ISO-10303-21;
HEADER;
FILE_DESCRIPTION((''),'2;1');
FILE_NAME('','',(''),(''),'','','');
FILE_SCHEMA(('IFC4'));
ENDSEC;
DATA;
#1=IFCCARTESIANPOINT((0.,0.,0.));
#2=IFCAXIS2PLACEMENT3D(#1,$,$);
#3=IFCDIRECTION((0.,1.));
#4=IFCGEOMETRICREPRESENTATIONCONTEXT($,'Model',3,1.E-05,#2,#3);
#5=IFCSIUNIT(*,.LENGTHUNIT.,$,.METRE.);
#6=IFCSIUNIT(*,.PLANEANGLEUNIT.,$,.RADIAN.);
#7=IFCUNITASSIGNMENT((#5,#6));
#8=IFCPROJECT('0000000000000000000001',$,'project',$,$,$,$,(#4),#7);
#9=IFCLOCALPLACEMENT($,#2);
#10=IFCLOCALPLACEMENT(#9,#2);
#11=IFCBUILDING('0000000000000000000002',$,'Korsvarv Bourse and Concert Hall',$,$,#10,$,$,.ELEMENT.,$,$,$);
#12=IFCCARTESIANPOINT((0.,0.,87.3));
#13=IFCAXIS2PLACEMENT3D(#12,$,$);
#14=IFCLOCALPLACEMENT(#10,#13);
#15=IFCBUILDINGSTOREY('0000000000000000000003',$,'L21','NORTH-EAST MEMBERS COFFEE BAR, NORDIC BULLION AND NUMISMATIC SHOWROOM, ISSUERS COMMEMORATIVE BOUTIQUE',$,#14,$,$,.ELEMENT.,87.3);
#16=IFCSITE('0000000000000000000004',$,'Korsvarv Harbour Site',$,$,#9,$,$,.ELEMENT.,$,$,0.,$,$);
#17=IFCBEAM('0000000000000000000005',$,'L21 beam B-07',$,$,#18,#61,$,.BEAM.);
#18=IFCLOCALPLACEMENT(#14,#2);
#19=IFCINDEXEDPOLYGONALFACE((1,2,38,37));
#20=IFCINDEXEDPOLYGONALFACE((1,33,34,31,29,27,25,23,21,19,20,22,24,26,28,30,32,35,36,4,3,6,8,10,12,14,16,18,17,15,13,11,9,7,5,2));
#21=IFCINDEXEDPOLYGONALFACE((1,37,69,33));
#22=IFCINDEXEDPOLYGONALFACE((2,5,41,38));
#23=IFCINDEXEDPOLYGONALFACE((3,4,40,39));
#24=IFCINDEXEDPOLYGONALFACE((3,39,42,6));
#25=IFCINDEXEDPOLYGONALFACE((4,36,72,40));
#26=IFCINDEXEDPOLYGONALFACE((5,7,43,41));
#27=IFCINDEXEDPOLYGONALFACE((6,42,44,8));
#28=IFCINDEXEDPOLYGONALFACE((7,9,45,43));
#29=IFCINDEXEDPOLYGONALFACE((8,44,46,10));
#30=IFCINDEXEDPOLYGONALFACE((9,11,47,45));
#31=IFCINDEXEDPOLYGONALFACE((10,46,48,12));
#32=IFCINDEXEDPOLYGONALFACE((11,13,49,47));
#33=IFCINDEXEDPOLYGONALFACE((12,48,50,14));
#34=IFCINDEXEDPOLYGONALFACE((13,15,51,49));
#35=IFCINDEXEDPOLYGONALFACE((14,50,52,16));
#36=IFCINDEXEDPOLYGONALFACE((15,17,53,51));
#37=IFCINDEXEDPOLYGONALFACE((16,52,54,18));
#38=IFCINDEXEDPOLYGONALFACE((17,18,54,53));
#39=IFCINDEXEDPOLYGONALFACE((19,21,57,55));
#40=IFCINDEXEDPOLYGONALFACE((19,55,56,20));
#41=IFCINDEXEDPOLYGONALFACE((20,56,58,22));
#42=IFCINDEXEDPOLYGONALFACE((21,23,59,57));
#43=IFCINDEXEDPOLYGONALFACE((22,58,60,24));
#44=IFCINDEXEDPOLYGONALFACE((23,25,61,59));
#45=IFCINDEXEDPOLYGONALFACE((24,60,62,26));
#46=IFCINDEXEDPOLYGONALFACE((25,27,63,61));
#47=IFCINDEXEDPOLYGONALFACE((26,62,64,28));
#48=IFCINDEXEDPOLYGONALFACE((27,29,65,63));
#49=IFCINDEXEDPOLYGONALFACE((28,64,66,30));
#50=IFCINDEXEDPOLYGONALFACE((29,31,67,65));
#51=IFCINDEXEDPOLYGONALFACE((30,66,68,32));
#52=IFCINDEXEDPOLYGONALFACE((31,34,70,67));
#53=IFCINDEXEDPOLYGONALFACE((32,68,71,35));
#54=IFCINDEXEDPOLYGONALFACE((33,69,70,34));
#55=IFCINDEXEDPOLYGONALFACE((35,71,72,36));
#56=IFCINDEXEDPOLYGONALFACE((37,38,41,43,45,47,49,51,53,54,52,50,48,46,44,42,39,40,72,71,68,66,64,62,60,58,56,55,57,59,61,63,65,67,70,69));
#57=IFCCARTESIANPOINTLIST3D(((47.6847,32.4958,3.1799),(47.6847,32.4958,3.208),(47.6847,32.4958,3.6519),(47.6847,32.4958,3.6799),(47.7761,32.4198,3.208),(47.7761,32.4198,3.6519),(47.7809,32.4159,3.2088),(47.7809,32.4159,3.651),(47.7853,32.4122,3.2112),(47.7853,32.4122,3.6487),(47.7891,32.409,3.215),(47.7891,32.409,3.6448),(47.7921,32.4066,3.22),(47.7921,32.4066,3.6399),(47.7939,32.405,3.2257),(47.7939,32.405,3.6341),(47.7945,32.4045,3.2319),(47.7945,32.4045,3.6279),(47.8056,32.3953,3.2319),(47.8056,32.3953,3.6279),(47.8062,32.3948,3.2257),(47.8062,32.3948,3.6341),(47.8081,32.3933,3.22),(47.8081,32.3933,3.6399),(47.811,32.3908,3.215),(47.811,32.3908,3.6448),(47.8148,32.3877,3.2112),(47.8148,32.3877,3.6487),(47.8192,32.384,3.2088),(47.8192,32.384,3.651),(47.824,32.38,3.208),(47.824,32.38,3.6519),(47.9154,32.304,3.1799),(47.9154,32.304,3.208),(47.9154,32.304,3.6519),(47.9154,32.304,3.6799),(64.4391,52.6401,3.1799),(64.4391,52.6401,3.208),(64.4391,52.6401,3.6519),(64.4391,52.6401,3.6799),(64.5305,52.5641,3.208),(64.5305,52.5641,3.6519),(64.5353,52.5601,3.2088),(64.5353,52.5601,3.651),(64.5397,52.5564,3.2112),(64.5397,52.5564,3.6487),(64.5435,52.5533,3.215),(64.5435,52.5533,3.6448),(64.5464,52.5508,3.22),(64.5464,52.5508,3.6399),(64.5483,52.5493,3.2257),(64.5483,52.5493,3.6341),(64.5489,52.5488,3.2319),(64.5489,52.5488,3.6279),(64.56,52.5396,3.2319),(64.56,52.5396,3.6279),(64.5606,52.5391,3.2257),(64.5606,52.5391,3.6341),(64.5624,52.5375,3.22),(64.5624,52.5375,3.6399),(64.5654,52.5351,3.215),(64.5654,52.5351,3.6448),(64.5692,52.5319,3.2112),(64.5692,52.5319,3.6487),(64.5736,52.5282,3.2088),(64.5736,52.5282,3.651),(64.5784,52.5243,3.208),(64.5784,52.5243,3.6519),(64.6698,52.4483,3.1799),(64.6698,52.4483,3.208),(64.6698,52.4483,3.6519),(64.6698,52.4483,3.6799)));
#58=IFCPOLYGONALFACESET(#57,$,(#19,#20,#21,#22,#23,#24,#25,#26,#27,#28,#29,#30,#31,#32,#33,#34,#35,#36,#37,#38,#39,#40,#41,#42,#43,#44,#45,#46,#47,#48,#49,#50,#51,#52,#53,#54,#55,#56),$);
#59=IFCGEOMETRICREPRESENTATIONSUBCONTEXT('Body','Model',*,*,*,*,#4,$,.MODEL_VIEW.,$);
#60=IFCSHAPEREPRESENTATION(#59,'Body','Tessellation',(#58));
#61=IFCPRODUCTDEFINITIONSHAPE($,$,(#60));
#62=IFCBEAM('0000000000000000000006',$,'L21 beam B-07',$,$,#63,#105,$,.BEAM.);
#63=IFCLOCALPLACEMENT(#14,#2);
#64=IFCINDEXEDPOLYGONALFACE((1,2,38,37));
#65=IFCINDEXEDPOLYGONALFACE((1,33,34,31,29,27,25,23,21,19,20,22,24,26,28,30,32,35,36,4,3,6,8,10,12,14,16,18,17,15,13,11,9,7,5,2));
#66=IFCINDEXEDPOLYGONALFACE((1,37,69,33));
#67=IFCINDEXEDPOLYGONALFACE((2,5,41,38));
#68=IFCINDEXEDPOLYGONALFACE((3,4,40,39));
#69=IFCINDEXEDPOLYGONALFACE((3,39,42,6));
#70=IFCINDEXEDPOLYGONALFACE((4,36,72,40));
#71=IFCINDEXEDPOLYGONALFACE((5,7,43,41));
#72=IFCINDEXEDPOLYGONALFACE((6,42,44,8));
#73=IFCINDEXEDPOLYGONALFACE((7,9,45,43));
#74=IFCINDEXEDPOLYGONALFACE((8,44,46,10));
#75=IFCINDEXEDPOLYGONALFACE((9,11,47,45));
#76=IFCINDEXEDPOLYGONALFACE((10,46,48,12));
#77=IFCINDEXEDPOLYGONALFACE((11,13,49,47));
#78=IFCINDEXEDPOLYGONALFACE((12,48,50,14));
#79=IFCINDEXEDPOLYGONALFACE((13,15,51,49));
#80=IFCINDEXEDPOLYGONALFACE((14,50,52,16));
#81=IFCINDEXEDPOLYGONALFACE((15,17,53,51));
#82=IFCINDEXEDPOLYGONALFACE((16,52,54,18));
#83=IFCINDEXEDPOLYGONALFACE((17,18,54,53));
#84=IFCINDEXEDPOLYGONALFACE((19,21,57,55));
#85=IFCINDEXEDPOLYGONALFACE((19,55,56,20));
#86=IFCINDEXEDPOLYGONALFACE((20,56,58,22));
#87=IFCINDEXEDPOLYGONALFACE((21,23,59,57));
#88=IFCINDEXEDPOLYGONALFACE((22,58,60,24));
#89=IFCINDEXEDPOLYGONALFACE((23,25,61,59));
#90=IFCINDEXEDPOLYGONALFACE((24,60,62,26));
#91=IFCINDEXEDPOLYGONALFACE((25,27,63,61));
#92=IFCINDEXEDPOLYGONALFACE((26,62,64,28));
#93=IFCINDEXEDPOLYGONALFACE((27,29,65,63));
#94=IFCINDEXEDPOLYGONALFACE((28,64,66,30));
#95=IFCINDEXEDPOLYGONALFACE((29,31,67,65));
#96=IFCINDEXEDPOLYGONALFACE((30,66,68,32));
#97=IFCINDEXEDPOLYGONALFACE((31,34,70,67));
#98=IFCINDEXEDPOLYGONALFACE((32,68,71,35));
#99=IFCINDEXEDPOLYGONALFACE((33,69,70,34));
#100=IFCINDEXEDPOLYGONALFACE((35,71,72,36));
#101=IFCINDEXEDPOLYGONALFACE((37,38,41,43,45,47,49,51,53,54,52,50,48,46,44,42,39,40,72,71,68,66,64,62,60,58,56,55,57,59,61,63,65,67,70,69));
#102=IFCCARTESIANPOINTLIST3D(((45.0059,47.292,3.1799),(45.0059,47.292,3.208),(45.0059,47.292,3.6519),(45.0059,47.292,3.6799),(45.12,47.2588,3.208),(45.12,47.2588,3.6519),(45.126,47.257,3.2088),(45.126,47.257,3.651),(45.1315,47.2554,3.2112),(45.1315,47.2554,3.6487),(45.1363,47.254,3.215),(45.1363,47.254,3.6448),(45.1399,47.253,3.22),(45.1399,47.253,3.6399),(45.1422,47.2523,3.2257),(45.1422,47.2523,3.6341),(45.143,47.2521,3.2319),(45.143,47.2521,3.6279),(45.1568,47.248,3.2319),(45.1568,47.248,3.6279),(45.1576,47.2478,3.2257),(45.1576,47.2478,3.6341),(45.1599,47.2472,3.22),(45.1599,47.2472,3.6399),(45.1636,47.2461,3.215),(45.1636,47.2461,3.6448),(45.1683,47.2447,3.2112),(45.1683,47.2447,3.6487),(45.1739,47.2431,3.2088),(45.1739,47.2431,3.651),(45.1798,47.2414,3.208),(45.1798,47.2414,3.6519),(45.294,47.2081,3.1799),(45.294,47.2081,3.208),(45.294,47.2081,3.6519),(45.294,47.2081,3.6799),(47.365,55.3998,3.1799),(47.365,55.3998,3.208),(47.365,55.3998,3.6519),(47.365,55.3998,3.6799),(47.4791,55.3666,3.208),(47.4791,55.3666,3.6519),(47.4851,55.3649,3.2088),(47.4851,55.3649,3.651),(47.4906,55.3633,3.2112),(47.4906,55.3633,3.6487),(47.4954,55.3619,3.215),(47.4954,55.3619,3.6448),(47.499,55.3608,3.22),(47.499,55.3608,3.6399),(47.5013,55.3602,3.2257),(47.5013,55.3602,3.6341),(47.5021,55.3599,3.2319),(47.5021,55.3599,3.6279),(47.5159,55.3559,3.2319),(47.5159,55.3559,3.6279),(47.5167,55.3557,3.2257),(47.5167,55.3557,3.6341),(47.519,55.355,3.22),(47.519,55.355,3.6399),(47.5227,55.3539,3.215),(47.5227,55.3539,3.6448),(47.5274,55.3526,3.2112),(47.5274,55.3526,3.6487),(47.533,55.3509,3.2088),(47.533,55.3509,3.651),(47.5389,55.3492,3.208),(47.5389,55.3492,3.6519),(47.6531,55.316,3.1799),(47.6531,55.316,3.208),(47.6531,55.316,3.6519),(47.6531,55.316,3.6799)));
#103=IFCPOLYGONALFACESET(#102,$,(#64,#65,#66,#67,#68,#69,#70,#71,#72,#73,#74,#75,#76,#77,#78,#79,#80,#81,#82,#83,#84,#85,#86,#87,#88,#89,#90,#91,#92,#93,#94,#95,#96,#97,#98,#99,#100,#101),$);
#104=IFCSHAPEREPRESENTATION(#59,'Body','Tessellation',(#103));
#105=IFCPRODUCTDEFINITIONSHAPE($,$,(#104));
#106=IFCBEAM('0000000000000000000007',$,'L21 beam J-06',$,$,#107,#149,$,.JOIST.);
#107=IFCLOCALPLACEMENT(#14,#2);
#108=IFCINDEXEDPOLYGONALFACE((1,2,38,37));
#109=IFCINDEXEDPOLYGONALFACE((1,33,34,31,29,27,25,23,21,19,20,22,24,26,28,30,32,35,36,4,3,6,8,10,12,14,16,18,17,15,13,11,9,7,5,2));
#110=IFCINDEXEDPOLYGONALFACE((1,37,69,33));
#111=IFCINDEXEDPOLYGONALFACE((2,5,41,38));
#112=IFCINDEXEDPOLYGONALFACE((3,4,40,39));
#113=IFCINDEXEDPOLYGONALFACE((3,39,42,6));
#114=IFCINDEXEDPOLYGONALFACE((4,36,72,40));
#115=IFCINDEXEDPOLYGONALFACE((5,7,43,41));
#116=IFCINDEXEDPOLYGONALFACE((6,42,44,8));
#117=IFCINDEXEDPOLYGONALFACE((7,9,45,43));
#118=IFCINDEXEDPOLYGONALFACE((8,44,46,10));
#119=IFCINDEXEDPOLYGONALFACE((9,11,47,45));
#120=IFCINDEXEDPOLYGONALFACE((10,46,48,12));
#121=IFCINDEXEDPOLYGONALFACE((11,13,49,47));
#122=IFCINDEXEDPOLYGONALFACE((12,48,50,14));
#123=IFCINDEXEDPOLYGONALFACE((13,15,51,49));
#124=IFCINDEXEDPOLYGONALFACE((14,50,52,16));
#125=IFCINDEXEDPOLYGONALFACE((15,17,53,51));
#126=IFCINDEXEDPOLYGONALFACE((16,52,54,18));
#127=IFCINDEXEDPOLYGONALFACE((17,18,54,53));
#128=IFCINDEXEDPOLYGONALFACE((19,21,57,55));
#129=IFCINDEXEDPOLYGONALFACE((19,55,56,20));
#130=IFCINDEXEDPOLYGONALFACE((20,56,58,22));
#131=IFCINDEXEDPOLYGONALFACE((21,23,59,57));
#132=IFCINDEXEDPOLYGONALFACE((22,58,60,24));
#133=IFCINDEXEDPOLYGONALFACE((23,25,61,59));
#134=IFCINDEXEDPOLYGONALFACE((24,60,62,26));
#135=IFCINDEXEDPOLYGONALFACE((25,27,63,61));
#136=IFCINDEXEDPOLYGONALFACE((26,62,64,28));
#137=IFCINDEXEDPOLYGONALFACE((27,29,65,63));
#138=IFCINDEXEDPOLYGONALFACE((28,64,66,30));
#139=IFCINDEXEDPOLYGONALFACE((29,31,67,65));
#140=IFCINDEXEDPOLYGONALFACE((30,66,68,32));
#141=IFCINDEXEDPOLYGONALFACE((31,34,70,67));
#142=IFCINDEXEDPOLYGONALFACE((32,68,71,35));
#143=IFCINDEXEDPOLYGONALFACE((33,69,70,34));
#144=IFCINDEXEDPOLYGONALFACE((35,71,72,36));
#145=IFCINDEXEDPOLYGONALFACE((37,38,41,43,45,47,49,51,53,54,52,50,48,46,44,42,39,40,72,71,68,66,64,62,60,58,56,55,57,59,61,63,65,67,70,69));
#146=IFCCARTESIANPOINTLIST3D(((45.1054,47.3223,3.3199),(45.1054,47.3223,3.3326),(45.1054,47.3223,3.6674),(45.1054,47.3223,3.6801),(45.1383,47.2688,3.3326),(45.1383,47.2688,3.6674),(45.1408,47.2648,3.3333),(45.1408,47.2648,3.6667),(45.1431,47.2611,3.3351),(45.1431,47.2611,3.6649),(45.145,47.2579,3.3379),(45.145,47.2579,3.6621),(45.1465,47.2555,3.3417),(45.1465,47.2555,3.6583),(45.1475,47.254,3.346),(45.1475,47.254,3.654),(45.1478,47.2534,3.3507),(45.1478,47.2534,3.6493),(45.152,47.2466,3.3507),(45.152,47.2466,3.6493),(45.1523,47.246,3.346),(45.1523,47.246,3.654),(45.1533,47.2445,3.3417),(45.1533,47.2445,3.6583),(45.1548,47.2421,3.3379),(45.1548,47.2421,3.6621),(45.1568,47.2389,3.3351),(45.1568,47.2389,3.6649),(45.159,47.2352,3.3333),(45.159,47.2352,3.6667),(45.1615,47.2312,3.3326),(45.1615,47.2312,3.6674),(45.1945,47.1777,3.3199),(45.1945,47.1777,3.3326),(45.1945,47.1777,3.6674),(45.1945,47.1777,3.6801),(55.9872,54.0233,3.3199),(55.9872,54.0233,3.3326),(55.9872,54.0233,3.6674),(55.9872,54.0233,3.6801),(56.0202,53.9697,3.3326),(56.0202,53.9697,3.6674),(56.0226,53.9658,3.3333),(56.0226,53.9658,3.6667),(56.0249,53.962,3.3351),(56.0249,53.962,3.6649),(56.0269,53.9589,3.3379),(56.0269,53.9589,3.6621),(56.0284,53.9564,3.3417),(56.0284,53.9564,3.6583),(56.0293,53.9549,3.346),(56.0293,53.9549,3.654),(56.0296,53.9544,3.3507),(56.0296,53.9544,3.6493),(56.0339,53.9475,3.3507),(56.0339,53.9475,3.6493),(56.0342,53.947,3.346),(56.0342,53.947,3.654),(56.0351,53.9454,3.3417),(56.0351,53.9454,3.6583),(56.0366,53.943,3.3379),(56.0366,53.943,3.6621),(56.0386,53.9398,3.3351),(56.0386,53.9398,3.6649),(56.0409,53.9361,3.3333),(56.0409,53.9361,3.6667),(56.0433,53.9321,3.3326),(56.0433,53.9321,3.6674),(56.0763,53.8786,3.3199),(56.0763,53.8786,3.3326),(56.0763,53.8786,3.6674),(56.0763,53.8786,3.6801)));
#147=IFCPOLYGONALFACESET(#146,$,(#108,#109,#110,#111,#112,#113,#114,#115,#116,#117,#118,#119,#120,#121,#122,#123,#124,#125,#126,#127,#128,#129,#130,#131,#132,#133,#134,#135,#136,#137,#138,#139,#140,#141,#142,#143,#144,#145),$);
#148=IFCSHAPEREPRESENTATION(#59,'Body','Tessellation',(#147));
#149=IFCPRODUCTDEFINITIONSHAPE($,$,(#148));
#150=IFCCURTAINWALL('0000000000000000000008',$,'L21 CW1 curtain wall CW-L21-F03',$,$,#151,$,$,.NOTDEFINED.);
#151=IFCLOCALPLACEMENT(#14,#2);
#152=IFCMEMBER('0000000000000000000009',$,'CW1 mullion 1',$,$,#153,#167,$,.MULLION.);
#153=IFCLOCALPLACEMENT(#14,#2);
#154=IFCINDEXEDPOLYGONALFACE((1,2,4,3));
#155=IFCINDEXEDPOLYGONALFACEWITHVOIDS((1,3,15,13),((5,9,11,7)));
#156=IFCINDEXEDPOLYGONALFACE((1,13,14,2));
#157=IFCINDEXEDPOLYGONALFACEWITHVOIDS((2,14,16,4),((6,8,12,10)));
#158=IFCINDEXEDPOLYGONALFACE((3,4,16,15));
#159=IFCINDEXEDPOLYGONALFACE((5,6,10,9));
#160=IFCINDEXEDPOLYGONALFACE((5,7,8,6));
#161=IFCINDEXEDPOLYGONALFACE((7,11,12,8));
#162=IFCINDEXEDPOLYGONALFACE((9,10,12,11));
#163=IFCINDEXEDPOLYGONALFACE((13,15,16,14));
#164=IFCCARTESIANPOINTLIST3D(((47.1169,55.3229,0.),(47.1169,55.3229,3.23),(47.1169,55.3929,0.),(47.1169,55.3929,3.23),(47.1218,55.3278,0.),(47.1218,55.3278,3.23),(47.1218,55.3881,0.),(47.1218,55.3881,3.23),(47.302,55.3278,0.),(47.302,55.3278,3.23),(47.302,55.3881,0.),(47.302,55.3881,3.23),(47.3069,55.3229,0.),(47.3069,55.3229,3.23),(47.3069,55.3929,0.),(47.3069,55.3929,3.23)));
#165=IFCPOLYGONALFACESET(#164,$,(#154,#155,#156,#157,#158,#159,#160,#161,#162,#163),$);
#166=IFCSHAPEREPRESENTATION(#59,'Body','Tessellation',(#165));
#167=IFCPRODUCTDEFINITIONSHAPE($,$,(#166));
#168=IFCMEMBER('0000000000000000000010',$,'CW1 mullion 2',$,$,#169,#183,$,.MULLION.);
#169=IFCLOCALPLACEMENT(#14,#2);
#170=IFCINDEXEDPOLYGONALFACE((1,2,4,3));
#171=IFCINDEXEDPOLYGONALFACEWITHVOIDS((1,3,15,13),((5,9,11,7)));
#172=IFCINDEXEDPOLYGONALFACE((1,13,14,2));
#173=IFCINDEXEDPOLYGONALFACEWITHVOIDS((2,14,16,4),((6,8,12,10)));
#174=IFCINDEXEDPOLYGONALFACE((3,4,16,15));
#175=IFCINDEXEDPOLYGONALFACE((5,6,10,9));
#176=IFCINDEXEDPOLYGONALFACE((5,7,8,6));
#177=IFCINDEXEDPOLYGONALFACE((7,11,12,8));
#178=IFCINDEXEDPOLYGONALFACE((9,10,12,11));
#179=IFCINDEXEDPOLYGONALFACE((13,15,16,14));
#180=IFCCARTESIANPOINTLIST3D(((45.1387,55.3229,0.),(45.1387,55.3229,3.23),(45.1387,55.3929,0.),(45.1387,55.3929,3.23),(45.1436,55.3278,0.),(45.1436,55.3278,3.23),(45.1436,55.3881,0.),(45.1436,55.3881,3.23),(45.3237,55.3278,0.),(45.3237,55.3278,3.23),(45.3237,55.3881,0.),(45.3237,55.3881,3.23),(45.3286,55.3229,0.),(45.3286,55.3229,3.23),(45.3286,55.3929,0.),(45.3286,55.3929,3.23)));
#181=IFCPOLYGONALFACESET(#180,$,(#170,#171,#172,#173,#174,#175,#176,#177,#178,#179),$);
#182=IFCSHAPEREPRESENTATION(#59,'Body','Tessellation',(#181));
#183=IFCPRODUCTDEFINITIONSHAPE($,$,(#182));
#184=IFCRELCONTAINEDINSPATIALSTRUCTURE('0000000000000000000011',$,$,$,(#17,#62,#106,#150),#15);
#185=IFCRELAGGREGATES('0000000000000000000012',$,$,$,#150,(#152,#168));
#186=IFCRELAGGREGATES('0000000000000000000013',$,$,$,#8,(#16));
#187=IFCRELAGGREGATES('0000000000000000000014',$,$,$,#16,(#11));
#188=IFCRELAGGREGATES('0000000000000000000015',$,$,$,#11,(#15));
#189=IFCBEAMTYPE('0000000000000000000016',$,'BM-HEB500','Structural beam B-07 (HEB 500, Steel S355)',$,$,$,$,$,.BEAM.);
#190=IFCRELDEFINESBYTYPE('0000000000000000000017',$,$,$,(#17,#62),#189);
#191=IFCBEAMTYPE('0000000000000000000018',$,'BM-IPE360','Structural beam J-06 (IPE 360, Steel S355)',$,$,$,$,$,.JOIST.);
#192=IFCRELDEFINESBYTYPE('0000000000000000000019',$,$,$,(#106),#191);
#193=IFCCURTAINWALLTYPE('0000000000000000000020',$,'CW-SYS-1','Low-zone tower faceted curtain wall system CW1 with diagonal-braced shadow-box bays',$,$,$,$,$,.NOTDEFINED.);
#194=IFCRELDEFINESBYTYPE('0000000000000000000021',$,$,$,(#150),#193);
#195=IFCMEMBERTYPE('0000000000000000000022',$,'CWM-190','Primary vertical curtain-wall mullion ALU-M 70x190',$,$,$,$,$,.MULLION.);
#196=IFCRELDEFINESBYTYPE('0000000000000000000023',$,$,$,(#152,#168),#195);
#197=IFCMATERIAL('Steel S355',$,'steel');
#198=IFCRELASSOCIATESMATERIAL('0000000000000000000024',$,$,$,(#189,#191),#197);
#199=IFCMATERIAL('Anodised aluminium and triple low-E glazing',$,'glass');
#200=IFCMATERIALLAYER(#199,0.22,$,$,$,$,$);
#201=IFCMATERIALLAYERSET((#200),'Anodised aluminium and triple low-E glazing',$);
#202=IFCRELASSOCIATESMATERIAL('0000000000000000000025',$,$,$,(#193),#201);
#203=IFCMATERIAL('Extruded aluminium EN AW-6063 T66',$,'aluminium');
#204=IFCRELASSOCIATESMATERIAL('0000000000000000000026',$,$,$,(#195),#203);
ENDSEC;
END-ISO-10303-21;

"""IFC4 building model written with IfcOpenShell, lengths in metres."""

from ifc_helpers import new_model, si_unit, direction, frame, origin, origin_2d, place, context, subcontext, project, spatial, hollow_rectangle, i_section, extrude, source, transform, mapped, material, layer, layer_set, material_profile, profile_set, type_object, element, aggregate, save


model = new_model("IFC4")

# Units and contexts
model_context = context("Model", 3, precision=1e-05, world=origin(), true_north=direction((0.0, 1.0)))
body_context = subcontext(model_context, "Body", "Model", "MODEL_VIEW")
ifc_project = project(units=[si_unit("LENGTHUNIT", "METRE"), si_unit("PLANEANGLEUNIT", "RADIAN")], contexts=[model_context])

# Site, building, storey
site_placement = place(None, origin())
site = spatial("IfcSite", under=ifc_project, at=site_placement, Name="Korsvarv Harbour Site", CompositionType="ELEMENT", RefElevation=0.0)
building_placement = place(site_placement, origin())
building = spatial("IfcBuilding", under=site, at=building_placement, Name="Korsvarv Bourse and Concert Hall", CompositionType="ELEMENT")
storey_placement = place(building_placement, frame((0.0, 0.0, 87.3)))
storey = spatial("IfcBuildingStorey", under=building, at=storey_placement, Name="L21", Description="NORTH-EAST MEMBERS COFFEE BAR, NORDIC BULLION AND NUMISMATIC SHOWROOM, ISSUERS COMMEMORATIVE BOUTIQUE", CompositionType="ELEMENT", Elevation=87.3)

# Beams
ifc_material_1 = material(Name="Steel S355", Category="steel")
ifc_material_profile_1 = material_profile(ifc_material_1, i_section(OverallWidth=0.3, OverallDepth=0.5, WebThickness=0.0144, FlangeThickness=0.0281, FilletRadius=0.0239, at=origin_2d()), Name="HEB 500")
ifc_profile_set_1 = profile_set([ifc_material_profile_1], Name="Steel S355")
beam_type_1 = type_object("IfcBeamType", Name="BM-HEB500", Description="Structural beam B-07 (HEB 500, Steel S355)", PredefinedType="BEAM", material=ifc_profile_set_1)
shared_shape_1 = source(origin(), body_context, "Body", "SweptSolid", [
    extrude(i_section(OverallWidth=0.3, OverallDepth=0.5, WebThickness=0.0144, FlangeThickness=0.0281, FilletRadius=0.0239, at=origin_2d()), origin(), (0.0, 0.0, 1.0), 26.2012),
])
beam_1_placement = place(storey_placement, frame((64.5544, 52.5442, 3.4299), z_axis=(-0.639452, -0.768831, 0.0), x_axis=(0.768831, -0.639452, 0.0)))
element("IfcBeam", 1, at=beam_1_placement, inside=storey, type_object=beam_type_1, Name="L21 beam B-07", PredefinedType="BEAM", context=body_context, shape_type="MappedRepresentation", body=[
    mapped(shared_shape_1, transform((0.0, 0.0, 0.0), scale=1.0)),
])
shared_shape_2 = source(origin(), body_context, "Body", "SweptSolid", [
    extrude(i_section(OverallWidth=0.3, OverallDepth=0.5, WebThickness=0.0144, FlangeThickness=0.0281, FilletRadius=0.0239, at=origin_2d()), origin(), (0.0, 0.0, 1.0), 8.4441),
])
beam_2_placement = place(storey_placement, frame((47.509, 55.3579, 3.4299), z_axis=(-0.27938, -0.96018, 0.0), x_axis=(0.96018, -0.27938, 0.0)))
element("IfcBeam", 2, at=beam_2_placement, inside=storey, type_object=beam_type_1, Name="L21 beam B-07", PredefinedType="BEAM", context=body_context, shape_type="MappedRepresentation", body=[
    mapped(shared_shape_2, transform((0.0, 0.0, 0.0), scale=1.0)),
])
ifc_material_profile_2 = material_profile(ifc_material_1, i_section(OverallWidth=0.1699, OverallDepth=0.3601, WebThickness=0.0081, FlangeThickness=0.0127, FilletRadius=0.0181, at=origin_2d()), Name="IPE 360")
ifc_profile_set_2 = profile_set([ifc_material_profile_2], Name="Steel S355")
beam_type_2 = type_object("IfcBeamType", Name="BM-IPE360", Description="Structural beam J-06 (IPE 360, Steel S355)", PredefinedType="JOIST", material=ifc_profile_set_2)
shared_shape_3 = source(origin(), body_context, "Body", "SweptSolid", [
    extrude(i_section(OverallWidth=0.1699, OverallDepth=0.3601, WebThickness=0.0081, FlangeThickness=0.0127, FilletRadius=0.0181, at=origin_2d()), origin(), (0.0, 0.0, 1.0), 12.7795),
])
beam_3_placement = place(storey_placement, frame((56.0317, 53.9509, 3.5), z_axis=(-0.851504, -0.524348, 0.0), x_axis=(0.524348, -0.851504, 0.0)))
element("IfcBeam", 3, at=beam_3_placement, inside=storey, type_object=beam_type_2, Name="L21 beam J-06", PredefinedType="JOIST", context=body_context, shape_type="MappedRepresentation", body=[
    mapped(shared_shape_3, transform((0.0, 0.0, 0.0), scale=1.0)),
])

# Curtain wall, members
ifc_material_2 = material(Name="Anodised aluminium and triple low-E glazing", Category="glass")
ifc_layer_1 = layer(ifc_material_2, 0.22)
ifc_layer_set_1 = layer_set([ifc_layer_1], Name="Anodised aluminium and triple low-E glazing")
curtain_wall_type = type_object("IfcCurtainWallType", Name="CW-SYS-1", Description="Low-zone tower faceted curtain wall system CW1 with diagonal-braced shadow-box bays", PredefinedType="NOTDEFINED", material=ifc_layer_set_1)
curtain_wall_placement = place(storey_placement, origin())
curtain_wall = element("IfcCurtainWall", 4, at=curtain_wall_placement, inside=storey, type_object=curtain_wall_type, Name="L21 CW1 curtain wall CW-L21-F03", PredefinedType="NOTDEFINED")
ifc_material_3 = material(Name="Extruded aluminium EN AW-6063 T66", Category="aluminium")
ifc_material_profile_3 = material_profile(ifc_material_3, hollow_rectangle(XDim=0.0701, YDim=0.1899, WallThickness=0.0049, at=origin_2d()), Name="ALU-M 70x190")
ifc_profile_set_3 = profile_set([ifc_material_profile_3], Name="Extruded aluminium EN AW-6063 T66")
member_type_1 = type_object("IfcMemberType", Name="CWM-190", Description="Primary vertical curtain-wall mullion ALU-M 70x190", PredefinedType="MULLION", material=ifc_profile_set_3)
shared_shape_4 = source(origin(), body_context, "Body", "SweptSolid", [
    extrude(hollow_rectangle(XDim=0.0701, YDim=0.1899, WallThickness=0.0049, at=origin_2d()), origin(), (0.0, 0.0, 1.0), 3.23),
])
member_1_placement = place(storey_placement, frame((47.2119, 55.3579, 0.0), z_axis=(0.0, 0.0, 1.0), x_axis=(0.0, -1.0, 0.0)))
member_1 = element("IfcMember", 5, at=member_1_placement, type_object=member_type_1, Name="CW1 mullion 1", PredefinedType="MULLION", context=body_context, shape_type="MappedRepresentation", body=[
    mapped(shared_shape_4, transform((0.0, 0.0, 0.0), scale=1.0)),
])
member_2_placement = place(storey_placement, frame((45.2336, 55.3579, 0.0), z_axis=(0.0, 0.0, 1.0), x_axis=(0.0, -1.0, 0.0)))
member_2 = element("IfcMember", 6, at=member_2_placement, type_object=member_type_1, Name="CW1 mullion 2", PredefinedType="MULLION", context=body_context, shape_type="MappedRepresentation", body=[
    mapped(shared_shape_4, transform((0.0, 0.0, 0.0), scale=1.0)),
])
aggregate(curtain_wall, [member_1, member_2])

save(model, "model.ifc")
